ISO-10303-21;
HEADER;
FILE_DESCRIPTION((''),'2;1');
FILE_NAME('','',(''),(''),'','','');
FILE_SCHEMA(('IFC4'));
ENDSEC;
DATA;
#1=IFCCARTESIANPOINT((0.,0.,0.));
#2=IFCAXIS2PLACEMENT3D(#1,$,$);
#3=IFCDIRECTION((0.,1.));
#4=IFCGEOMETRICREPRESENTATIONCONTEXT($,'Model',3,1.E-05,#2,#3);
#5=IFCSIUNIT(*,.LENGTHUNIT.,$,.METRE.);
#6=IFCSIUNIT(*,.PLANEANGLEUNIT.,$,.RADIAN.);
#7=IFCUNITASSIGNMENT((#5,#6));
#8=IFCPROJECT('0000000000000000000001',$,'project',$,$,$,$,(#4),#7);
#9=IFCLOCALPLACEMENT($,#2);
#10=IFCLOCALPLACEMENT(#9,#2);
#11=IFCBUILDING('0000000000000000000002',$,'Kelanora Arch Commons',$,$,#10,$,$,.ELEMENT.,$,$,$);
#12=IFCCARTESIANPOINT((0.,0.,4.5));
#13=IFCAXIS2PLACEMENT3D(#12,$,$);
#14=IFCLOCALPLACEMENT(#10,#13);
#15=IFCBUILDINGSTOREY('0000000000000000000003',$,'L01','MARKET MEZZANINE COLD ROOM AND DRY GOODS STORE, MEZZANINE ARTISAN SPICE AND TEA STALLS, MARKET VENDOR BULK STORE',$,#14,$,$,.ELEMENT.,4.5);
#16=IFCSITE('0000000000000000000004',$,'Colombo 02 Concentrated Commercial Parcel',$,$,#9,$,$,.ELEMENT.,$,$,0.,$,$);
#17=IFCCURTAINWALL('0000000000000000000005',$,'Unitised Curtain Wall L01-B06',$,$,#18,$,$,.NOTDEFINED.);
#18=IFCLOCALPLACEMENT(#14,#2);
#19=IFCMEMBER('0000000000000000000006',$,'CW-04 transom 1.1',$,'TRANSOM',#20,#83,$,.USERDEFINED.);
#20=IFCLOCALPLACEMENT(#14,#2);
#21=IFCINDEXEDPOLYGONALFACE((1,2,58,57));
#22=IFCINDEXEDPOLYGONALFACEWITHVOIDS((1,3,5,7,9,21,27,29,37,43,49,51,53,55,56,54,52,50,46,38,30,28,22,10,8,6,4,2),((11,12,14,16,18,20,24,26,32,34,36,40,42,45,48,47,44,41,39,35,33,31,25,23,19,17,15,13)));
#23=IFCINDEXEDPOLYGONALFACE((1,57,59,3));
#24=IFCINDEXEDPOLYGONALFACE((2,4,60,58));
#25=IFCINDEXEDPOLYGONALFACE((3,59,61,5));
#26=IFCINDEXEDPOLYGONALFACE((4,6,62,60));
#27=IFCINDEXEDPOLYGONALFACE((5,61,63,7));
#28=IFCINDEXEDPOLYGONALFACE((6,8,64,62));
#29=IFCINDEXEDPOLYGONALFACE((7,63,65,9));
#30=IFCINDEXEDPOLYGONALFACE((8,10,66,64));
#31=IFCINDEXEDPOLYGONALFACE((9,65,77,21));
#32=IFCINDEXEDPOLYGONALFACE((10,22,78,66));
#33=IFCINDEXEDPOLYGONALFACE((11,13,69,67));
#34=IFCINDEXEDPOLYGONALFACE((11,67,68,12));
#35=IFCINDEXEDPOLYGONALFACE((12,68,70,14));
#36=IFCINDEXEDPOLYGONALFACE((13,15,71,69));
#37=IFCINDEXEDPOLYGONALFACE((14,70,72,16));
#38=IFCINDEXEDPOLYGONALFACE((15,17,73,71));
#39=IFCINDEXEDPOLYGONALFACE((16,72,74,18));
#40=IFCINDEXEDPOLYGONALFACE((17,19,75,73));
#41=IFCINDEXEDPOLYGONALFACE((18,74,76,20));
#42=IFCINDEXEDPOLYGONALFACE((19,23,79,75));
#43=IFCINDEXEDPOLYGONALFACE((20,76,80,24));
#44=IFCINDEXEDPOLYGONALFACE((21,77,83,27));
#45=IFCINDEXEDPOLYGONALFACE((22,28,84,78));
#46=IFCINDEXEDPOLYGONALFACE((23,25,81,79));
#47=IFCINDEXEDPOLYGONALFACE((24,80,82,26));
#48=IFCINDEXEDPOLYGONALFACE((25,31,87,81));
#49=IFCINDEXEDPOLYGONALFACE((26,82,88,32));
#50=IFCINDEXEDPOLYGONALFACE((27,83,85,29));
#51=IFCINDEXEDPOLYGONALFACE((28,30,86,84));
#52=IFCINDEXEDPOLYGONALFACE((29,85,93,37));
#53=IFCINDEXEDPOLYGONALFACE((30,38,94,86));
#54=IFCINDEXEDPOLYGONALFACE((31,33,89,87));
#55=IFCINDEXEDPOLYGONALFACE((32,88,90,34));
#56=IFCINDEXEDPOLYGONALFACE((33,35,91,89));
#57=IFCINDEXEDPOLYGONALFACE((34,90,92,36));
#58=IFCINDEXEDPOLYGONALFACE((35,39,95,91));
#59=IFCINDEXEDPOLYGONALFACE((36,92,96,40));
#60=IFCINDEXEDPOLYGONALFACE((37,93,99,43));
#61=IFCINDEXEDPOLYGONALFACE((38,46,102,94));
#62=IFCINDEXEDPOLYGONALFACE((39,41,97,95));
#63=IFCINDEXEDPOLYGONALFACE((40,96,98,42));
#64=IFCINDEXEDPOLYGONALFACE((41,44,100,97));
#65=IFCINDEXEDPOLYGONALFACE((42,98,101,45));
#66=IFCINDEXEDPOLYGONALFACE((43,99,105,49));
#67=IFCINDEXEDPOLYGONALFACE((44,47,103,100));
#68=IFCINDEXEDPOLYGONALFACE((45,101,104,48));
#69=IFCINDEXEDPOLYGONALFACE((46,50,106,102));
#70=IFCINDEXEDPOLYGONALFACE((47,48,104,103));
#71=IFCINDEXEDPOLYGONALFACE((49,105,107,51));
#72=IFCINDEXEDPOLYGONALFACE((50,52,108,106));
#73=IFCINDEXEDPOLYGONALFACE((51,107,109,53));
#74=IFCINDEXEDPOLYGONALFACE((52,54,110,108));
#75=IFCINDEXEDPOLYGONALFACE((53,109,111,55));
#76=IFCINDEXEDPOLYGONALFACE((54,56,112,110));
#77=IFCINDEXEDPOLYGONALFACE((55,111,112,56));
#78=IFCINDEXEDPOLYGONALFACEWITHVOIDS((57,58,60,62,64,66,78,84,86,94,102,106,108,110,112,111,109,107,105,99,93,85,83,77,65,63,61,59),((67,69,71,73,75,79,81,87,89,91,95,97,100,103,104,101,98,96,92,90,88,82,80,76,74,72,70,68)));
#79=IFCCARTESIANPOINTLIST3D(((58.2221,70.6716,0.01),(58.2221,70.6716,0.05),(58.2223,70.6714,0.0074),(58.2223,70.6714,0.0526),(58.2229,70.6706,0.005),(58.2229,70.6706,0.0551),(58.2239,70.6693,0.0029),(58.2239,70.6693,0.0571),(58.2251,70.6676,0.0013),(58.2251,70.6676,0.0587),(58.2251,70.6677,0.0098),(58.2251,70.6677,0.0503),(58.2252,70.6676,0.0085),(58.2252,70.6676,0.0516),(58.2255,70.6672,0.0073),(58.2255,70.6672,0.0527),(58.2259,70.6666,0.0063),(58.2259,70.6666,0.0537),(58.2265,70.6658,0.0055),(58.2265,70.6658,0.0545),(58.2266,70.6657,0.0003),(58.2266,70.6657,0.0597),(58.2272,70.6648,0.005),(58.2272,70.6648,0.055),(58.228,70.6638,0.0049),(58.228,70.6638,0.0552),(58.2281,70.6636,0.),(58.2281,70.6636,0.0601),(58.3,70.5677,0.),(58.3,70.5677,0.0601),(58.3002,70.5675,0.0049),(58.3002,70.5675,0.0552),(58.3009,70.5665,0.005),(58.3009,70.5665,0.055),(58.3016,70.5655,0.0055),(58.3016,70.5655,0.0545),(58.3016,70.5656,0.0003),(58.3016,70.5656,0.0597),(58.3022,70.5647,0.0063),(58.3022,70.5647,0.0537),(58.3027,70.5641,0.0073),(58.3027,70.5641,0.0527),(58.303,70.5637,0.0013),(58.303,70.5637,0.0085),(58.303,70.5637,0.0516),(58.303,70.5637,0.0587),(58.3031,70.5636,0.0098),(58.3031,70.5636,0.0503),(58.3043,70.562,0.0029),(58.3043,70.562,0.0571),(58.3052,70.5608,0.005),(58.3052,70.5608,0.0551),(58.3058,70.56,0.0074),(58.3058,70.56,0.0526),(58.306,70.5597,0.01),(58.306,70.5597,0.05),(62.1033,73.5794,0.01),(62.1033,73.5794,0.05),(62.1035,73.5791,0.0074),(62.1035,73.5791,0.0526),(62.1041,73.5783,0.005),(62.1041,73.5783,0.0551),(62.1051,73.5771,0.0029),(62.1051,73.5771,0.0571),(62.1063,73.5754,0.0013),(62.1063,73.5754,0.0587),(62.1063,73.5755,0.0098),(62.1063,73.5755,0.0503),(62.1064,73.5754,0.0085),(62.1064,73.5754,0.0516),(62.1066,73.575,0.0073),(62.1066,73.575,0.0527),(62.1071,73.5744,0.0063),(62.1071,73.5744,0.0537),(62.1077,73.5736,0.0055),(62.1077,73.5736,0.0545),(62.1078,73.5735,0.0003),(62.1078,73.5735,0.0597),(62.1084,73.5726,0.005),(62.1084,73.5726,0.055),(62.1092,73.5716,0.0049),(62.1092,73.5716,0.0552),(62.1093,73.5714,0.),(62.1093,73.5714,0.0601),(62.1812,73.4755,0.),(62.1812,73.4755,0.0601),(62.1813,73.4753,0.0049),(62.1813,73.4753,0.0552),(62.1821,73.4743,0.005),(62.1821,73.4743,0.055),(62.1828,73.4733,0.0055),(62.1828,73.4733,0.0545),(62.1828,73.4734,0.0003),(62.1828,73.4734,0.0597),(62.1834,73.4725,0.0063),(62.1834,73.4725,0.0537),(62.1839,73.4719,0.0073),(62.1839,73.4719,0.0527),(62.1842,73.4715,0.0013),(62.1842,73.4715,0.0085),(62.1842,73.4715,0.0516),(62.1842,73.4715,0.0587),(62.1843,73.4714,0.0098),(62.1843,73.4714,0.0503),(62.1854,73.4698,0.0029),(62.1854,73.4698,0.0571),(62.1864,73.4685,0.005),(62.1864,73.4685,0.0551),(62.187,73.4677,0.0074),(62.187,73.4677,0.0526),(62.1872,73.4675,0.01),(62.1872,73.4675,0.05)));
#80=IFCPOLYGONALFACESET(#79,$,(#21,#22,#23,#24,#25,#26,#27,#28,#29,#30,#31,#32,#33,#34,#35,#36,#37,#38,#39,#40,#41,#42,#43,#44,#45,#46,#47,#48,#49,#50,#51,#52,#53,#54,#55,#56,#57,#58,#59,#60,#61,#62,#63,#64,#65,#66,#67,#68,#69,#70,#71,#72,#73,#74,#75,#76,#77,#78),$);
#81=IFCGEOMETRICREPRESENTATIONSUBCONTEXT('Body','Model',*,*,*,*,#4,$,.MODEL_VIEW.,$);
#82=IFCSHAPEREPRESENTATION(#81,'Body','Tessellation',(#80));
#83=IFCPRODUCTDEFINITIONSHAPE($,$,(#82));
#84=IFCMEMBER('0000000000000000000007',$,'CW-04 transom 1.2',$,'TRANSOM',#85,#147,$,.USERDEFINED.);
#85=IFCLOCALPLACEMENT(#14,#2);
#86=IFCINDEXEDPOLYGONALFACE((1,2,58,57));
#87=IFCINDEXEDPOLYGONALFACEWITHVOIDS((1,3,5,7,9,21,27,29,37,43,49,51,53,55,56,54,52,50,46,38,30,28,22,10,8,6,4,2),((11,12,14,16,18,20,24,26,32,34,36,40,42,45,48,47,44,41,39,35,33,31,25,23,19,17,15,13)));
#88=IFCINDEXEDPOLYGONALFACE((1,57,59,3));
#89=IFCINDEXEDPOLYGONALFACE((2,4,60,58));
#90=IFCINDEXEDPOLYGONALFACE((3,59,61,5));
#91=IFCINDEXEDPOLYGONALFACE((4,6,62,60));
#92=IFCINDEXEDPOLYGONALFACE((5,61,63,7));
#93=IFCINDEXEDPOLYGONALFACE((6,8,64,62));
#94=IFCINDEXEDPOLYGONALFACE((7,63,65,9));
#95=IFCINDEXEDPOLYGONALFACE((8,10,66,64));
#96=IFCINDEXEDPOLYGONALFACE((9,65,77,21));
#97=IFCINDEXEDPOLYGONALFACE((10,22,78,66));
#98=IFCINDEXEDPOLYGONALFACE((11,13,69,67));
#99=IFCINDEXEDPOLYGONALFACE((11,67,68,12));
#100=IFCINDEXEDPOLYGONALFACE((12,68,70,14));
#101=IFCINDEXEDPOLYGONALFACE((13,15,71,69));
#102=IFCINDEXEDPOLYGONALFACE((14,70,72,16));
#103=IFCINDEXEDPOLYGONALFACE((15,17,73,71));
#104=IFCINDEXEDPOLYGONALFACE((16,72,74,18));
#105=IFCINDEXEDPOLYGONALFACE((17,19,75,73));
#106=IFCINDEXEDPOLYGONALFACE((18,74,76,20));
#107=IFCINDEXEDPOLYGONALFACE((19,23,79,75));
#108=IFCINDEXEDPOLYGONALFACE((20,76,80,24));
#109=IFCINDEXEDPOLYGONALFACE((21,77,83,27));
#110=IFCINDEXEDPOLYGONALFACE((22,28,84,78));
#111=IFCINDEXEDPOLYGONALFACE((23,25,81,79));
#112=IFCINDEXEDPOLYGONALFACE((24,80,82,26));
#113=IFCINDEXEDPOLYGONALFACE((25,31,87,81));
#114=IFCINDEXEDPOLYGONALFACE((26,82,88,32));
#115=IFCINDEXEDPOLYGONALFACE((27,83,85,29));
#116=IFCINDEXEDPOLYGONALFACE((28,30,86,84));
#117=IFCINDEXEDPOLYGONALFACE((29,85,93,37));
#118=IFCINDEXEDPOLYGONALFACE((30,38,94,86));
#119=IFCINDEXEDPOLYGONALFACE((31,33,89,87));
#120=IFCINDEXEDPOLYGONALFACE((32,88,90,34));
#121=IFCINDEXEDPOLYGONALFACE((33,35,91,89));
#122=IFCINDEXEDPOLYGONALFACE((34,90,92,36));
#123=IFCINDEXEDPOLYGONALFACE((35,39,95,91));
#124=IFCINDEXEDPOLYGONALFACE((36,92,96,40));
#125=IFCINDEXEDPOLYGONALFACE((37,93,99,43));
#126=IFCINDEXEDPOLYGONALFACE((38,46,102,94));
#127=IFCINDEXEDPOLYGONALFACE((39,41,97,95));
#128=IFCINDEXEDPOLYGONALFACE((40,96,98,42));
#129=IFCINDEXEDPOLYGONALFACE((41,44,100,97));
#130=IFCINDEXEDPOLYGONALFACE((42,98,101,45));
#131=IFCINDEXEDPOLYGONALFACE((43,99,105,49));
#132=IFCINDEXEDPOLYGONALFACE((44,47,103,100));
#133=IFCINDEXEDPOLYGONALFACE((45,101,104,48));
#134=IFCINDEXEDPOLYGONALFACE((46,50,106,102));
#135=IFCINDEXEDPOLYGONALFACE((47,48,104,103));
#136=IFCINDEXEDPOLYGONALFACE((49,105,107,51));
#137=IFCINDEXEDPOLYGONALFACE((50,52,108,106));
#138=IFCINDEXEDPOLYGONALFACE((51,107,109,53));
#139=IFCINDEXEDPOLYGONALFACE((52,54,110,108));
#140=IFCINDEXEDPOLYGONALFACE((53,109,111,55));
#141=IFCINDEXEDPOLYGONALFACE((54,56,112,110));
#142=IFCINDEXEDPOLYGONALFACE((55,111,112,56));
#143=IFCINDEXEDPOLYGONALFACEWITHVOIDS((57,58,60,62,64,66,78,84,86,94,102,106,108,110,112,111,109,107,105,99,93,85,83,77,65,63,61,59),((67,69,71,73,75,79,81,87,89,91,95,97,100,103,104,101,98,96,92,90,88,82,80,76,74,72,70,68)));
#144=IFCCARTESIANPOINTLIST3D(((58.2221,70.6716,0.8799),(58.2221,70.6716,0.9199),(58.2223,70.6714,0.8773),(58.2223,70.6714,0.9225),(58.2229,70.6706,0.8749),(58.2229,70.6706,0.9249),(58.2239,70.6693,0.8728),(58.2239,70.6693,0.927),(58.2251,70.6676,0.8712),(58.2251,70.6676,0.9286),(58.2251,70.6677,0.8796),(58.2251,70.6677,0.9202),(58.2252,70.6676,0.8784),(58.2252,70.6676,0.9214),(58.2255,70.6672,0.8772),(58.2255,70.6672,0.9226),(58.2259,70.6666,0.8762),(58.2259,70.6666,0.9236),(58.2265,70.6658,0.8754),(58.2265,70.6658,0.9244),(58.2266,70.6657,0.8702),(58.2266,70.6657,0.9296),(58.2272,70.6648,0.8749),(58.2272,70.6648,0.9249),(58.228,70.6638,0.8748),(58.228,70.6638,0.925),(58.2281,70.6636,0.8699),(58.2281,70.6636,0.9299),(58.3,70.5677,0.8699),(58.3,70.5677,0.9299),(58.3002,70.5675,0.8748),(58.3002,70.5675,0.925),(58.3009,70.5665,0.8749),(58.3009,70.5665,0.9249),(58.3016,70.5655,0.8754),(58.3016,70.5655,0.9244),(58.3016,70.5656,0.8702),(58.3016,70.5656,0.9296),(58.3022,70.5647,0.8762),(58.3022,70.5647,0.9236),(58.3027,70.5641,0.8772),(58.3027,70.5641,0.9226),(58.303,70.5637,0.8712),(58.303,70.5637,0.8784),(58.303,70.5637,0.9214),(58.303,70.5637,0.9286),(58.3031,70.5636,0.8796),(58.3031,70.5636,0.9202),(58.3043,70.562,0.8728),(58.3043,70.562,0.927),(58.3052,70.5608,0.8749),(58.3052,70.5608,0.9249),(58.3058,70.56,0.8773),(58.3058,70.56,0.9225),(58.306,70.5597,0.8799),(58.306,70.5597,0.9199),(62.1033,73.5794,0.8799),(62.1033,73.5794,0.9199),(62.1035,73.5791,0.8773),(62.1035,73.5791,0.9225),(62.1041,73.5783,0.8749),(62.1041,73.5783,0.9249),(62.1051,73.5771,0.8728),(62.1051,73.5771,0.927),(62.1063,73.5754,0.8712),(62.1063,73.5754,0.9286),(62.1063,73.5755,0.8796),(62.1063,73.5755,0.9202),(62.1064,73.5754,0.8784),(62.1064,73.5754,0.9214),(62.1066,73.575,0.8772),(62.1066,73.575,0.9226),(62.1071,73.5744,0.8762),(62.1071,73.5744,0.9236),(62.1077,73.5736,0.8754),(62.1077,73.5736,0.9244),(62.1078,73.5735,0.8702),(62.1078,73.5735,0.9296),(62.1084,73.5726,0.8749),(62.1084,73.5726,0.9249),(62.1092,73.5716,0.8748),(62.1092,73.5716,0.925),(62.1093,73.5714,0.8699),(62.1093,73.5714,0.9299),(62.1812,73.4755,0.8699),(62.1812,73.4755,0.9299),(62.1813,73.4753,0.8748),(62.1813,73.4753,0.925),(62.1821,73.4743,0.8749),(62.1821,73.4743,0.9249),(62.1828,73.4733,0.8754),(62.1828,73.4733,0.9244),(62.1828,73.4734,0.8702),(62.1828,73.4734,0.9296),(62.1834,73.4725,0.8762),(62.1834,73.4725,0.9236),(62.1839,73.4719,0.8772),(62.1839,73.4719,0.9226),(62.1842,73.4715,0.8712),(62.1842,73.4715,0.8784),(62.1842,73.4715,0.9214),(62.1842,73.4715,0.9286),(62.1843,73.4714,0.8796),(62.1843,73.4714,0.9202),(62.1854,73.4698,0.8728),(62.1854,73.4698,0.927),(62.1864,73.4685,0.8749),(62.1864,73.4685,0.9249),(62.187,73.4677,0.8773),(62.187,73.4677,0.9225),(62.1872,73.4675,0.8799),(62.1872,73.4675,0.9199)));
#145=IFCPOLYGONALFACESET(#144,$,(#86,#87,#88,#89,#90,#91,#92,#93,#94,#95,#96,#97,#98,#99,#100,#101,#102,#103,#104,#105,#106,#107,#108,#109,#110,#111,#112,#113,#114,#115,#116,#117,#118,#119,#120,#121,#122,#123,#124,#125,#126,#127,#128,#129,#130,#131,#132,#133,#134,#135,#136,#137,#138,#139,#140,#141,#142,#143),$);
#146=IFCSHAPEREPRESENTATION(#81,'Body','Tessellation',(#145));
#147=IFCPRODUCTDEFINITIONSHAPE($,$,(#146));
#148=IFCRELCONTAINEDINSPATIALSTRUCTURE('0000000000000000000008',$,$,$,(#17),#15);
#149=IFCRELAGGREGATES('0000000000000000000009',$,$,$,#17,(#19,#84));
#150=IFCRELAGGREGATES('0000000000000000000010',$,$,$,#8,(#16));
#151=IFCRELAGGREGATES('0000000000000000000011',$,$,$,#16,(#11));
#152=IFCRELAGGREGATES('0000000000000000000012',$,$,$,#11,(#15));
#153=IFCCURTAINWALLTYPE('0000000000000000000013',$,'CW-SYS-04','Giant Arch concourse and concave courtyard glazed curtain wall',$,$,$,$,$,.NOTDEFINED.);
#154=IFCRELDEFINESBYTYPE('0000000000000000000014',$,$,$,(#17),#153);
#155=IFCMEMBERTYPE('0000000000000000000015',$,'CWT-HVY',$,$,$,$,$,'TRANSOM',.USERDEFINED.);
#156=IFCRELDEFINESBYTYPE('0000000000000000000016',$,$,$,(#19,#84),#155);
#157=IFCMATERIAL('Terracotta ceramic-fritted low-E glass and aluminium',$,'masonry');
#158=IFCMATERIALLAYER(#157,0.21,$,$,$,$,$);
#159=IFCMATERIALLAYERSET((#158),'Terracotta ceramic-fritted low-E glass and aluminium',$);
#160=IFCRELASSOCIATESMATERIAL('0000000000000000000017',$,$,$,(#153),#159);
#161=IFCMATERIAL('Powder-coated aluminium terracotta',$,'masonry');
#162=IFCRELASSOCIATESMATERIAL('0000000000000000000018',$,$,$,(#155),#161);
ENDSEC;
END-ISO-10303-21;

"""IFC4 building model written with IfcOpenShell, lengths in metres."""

from ifc_helpers import new_model, si_unit, direction, frame, origin, origin_2d, place, context, subcontext, project, spatial, hollow_rectangle, extrude, material, layer, layer_set, material_profile, profile_set, type_object, element, aggregate, save


model = new_model("IFC4")

# Units and contexts
model_context = context("Model", 3, precision=1e-05, world=origin(), true_north=direction((0.0, 1.0)))
body_context = subcontext(model_context, "Body", "Model", "MODEL_VIEW")
ifc_project = project(units=[si_unit("LENGTHUNIT", "METRE"), si_unit("PLANEANGLEUNIT", "RADIAN")], contexts=[model_context])

# Site, building, storey
site_placement = place(None, origin())
site = spatial("IfcSite", under=ifc_project, at=site_placement, Name="Colombo 02 Concentrated Commercial Parcel", CompositionType="ELEMENT", RefElevation=0.0)
building_placement = place(site_placement, origin())
building = spatial("IfcBuilding", under=site, at=building_placement, Name="Kelanora Arch Commons", CompositionType="ELEMENT")
storey_placement = place(building_placement, frame((0.0, 0.0, 4.5)))
storey = spatial("IfcBuildingStorey", under=building, at=storey_placement, Name="L01", Description="MARKET MEZZANINE COLD ROOM AND DRY GOODS STORE, MEZZANINE ARTISAN SPICE AND TEA STALLS, MARKET VENDOR BULK STORE", CompositionType="ELEMENT", Elevation=4.5)

# Shared definitions
ifc_material_1 = material(Name="Terracotta ceramic-fritted low-E glass and aluminium", Category="masonry")
ifc_layer_1 = layer(ifc_material_1, 0.21)
ifc_layer_set_1 = layer_set([ifc_layer_1], Name="Terracotta ceramic-fritted low-E glass and aluminium")
curtain_wall_type = type_object("IfcCurtainWallType", Name="CW-SYS-04", Description="Giant Arch concourse and concave courtyard glazed curtain wall", PredefinedType="NOTDEFINED", material=ifc_layer_set_1)
ifc_material_2 = material(Name="Powder-coated aluminium terracotta", Category="masonry")

# Curtain wall
curtain_wall_1_placement = place(storey_placement, origin())
curtain_wall_1 = element("IfcCurtainWall", 1, at=curtain_wall_1_placement, inside=storey, type_object=curtain_wall_type, Name="Unitised Curtain Wall L01-B06", PredefinedType="NOTDEFINED")

# Members
ifc_material_profile_1 = material_profile(ifc_material_2, hollow_rectangle(XDim=0.1399, YDim=0.0601, WallThickness=0.0049, InnerFilletRadius=0.0049, OuterFilletRadius=0.01, at=origin_2d()), Name="CWT140x60")
ifc_profile_set_1 = profile_set([ifc_material_profile_1], Name="Powder-coated aluminium terracotta")
member_type_1 = type_object("IfcMemberType", Name="CWT-HVY", ElementType="TRANSOM", PredefinedType="USERDEFINED", material=ifc_profile_set_1)
member_1_placement = place(storey_placement, frame((62.1453, 73.5234, 0.03), z_axis=(-0.800308, -0.599589, 0.0), x_axis=(0.599589, -0.800308, 0.0)))
member_1 = element("IfcMember", 2, at=member_1_placement, type_object=member_type_1, Name="CW-04 transom 1.1", ObjectType="TRANSOM", PredefinedType="USERDEFINED", context=body_context, shape_type="SweptSolid", body=[
    extrude(hollow_rectangle(XDim=0.1399, YDim=0.0601, WallThickness=0.0049, InnerFilletRadius=0.0049, OuterFilletRadius=0.01, at=origin_2d()), origin(), (0.0, 0.0, 1.0), 4.8496),
])
member_2_placement = place(storey_placement, frame((62.1453, 73.5234, 0.8999), z_axis=(-0.800308, -0.599589, 0.0), x_axis=(0.599589, -0.800308, 0.0)))
member_2 = element("IfcMember", 3, at=member_2_placement, type_object=member_type_1, Name="CW-04 transom 1.2", ObjectType="TRANSOM", PredefinedType="USERDEFINED", context=body_context, shape_type="SweptSolid", body=[
    extrude(hollow_rectangle(XDim=0.1399, YDim=0.0601, WallThickness=0.0049, InnerFilletRadius=0.0049, OuterFilletRadius=0.01, at=origin_2d()), origin(), (0.0, 0.0, 1.0), 4.8496),
])
aggregate(curtain_wall_1, [member_1, member_2])

save(model, "model.ifc")
